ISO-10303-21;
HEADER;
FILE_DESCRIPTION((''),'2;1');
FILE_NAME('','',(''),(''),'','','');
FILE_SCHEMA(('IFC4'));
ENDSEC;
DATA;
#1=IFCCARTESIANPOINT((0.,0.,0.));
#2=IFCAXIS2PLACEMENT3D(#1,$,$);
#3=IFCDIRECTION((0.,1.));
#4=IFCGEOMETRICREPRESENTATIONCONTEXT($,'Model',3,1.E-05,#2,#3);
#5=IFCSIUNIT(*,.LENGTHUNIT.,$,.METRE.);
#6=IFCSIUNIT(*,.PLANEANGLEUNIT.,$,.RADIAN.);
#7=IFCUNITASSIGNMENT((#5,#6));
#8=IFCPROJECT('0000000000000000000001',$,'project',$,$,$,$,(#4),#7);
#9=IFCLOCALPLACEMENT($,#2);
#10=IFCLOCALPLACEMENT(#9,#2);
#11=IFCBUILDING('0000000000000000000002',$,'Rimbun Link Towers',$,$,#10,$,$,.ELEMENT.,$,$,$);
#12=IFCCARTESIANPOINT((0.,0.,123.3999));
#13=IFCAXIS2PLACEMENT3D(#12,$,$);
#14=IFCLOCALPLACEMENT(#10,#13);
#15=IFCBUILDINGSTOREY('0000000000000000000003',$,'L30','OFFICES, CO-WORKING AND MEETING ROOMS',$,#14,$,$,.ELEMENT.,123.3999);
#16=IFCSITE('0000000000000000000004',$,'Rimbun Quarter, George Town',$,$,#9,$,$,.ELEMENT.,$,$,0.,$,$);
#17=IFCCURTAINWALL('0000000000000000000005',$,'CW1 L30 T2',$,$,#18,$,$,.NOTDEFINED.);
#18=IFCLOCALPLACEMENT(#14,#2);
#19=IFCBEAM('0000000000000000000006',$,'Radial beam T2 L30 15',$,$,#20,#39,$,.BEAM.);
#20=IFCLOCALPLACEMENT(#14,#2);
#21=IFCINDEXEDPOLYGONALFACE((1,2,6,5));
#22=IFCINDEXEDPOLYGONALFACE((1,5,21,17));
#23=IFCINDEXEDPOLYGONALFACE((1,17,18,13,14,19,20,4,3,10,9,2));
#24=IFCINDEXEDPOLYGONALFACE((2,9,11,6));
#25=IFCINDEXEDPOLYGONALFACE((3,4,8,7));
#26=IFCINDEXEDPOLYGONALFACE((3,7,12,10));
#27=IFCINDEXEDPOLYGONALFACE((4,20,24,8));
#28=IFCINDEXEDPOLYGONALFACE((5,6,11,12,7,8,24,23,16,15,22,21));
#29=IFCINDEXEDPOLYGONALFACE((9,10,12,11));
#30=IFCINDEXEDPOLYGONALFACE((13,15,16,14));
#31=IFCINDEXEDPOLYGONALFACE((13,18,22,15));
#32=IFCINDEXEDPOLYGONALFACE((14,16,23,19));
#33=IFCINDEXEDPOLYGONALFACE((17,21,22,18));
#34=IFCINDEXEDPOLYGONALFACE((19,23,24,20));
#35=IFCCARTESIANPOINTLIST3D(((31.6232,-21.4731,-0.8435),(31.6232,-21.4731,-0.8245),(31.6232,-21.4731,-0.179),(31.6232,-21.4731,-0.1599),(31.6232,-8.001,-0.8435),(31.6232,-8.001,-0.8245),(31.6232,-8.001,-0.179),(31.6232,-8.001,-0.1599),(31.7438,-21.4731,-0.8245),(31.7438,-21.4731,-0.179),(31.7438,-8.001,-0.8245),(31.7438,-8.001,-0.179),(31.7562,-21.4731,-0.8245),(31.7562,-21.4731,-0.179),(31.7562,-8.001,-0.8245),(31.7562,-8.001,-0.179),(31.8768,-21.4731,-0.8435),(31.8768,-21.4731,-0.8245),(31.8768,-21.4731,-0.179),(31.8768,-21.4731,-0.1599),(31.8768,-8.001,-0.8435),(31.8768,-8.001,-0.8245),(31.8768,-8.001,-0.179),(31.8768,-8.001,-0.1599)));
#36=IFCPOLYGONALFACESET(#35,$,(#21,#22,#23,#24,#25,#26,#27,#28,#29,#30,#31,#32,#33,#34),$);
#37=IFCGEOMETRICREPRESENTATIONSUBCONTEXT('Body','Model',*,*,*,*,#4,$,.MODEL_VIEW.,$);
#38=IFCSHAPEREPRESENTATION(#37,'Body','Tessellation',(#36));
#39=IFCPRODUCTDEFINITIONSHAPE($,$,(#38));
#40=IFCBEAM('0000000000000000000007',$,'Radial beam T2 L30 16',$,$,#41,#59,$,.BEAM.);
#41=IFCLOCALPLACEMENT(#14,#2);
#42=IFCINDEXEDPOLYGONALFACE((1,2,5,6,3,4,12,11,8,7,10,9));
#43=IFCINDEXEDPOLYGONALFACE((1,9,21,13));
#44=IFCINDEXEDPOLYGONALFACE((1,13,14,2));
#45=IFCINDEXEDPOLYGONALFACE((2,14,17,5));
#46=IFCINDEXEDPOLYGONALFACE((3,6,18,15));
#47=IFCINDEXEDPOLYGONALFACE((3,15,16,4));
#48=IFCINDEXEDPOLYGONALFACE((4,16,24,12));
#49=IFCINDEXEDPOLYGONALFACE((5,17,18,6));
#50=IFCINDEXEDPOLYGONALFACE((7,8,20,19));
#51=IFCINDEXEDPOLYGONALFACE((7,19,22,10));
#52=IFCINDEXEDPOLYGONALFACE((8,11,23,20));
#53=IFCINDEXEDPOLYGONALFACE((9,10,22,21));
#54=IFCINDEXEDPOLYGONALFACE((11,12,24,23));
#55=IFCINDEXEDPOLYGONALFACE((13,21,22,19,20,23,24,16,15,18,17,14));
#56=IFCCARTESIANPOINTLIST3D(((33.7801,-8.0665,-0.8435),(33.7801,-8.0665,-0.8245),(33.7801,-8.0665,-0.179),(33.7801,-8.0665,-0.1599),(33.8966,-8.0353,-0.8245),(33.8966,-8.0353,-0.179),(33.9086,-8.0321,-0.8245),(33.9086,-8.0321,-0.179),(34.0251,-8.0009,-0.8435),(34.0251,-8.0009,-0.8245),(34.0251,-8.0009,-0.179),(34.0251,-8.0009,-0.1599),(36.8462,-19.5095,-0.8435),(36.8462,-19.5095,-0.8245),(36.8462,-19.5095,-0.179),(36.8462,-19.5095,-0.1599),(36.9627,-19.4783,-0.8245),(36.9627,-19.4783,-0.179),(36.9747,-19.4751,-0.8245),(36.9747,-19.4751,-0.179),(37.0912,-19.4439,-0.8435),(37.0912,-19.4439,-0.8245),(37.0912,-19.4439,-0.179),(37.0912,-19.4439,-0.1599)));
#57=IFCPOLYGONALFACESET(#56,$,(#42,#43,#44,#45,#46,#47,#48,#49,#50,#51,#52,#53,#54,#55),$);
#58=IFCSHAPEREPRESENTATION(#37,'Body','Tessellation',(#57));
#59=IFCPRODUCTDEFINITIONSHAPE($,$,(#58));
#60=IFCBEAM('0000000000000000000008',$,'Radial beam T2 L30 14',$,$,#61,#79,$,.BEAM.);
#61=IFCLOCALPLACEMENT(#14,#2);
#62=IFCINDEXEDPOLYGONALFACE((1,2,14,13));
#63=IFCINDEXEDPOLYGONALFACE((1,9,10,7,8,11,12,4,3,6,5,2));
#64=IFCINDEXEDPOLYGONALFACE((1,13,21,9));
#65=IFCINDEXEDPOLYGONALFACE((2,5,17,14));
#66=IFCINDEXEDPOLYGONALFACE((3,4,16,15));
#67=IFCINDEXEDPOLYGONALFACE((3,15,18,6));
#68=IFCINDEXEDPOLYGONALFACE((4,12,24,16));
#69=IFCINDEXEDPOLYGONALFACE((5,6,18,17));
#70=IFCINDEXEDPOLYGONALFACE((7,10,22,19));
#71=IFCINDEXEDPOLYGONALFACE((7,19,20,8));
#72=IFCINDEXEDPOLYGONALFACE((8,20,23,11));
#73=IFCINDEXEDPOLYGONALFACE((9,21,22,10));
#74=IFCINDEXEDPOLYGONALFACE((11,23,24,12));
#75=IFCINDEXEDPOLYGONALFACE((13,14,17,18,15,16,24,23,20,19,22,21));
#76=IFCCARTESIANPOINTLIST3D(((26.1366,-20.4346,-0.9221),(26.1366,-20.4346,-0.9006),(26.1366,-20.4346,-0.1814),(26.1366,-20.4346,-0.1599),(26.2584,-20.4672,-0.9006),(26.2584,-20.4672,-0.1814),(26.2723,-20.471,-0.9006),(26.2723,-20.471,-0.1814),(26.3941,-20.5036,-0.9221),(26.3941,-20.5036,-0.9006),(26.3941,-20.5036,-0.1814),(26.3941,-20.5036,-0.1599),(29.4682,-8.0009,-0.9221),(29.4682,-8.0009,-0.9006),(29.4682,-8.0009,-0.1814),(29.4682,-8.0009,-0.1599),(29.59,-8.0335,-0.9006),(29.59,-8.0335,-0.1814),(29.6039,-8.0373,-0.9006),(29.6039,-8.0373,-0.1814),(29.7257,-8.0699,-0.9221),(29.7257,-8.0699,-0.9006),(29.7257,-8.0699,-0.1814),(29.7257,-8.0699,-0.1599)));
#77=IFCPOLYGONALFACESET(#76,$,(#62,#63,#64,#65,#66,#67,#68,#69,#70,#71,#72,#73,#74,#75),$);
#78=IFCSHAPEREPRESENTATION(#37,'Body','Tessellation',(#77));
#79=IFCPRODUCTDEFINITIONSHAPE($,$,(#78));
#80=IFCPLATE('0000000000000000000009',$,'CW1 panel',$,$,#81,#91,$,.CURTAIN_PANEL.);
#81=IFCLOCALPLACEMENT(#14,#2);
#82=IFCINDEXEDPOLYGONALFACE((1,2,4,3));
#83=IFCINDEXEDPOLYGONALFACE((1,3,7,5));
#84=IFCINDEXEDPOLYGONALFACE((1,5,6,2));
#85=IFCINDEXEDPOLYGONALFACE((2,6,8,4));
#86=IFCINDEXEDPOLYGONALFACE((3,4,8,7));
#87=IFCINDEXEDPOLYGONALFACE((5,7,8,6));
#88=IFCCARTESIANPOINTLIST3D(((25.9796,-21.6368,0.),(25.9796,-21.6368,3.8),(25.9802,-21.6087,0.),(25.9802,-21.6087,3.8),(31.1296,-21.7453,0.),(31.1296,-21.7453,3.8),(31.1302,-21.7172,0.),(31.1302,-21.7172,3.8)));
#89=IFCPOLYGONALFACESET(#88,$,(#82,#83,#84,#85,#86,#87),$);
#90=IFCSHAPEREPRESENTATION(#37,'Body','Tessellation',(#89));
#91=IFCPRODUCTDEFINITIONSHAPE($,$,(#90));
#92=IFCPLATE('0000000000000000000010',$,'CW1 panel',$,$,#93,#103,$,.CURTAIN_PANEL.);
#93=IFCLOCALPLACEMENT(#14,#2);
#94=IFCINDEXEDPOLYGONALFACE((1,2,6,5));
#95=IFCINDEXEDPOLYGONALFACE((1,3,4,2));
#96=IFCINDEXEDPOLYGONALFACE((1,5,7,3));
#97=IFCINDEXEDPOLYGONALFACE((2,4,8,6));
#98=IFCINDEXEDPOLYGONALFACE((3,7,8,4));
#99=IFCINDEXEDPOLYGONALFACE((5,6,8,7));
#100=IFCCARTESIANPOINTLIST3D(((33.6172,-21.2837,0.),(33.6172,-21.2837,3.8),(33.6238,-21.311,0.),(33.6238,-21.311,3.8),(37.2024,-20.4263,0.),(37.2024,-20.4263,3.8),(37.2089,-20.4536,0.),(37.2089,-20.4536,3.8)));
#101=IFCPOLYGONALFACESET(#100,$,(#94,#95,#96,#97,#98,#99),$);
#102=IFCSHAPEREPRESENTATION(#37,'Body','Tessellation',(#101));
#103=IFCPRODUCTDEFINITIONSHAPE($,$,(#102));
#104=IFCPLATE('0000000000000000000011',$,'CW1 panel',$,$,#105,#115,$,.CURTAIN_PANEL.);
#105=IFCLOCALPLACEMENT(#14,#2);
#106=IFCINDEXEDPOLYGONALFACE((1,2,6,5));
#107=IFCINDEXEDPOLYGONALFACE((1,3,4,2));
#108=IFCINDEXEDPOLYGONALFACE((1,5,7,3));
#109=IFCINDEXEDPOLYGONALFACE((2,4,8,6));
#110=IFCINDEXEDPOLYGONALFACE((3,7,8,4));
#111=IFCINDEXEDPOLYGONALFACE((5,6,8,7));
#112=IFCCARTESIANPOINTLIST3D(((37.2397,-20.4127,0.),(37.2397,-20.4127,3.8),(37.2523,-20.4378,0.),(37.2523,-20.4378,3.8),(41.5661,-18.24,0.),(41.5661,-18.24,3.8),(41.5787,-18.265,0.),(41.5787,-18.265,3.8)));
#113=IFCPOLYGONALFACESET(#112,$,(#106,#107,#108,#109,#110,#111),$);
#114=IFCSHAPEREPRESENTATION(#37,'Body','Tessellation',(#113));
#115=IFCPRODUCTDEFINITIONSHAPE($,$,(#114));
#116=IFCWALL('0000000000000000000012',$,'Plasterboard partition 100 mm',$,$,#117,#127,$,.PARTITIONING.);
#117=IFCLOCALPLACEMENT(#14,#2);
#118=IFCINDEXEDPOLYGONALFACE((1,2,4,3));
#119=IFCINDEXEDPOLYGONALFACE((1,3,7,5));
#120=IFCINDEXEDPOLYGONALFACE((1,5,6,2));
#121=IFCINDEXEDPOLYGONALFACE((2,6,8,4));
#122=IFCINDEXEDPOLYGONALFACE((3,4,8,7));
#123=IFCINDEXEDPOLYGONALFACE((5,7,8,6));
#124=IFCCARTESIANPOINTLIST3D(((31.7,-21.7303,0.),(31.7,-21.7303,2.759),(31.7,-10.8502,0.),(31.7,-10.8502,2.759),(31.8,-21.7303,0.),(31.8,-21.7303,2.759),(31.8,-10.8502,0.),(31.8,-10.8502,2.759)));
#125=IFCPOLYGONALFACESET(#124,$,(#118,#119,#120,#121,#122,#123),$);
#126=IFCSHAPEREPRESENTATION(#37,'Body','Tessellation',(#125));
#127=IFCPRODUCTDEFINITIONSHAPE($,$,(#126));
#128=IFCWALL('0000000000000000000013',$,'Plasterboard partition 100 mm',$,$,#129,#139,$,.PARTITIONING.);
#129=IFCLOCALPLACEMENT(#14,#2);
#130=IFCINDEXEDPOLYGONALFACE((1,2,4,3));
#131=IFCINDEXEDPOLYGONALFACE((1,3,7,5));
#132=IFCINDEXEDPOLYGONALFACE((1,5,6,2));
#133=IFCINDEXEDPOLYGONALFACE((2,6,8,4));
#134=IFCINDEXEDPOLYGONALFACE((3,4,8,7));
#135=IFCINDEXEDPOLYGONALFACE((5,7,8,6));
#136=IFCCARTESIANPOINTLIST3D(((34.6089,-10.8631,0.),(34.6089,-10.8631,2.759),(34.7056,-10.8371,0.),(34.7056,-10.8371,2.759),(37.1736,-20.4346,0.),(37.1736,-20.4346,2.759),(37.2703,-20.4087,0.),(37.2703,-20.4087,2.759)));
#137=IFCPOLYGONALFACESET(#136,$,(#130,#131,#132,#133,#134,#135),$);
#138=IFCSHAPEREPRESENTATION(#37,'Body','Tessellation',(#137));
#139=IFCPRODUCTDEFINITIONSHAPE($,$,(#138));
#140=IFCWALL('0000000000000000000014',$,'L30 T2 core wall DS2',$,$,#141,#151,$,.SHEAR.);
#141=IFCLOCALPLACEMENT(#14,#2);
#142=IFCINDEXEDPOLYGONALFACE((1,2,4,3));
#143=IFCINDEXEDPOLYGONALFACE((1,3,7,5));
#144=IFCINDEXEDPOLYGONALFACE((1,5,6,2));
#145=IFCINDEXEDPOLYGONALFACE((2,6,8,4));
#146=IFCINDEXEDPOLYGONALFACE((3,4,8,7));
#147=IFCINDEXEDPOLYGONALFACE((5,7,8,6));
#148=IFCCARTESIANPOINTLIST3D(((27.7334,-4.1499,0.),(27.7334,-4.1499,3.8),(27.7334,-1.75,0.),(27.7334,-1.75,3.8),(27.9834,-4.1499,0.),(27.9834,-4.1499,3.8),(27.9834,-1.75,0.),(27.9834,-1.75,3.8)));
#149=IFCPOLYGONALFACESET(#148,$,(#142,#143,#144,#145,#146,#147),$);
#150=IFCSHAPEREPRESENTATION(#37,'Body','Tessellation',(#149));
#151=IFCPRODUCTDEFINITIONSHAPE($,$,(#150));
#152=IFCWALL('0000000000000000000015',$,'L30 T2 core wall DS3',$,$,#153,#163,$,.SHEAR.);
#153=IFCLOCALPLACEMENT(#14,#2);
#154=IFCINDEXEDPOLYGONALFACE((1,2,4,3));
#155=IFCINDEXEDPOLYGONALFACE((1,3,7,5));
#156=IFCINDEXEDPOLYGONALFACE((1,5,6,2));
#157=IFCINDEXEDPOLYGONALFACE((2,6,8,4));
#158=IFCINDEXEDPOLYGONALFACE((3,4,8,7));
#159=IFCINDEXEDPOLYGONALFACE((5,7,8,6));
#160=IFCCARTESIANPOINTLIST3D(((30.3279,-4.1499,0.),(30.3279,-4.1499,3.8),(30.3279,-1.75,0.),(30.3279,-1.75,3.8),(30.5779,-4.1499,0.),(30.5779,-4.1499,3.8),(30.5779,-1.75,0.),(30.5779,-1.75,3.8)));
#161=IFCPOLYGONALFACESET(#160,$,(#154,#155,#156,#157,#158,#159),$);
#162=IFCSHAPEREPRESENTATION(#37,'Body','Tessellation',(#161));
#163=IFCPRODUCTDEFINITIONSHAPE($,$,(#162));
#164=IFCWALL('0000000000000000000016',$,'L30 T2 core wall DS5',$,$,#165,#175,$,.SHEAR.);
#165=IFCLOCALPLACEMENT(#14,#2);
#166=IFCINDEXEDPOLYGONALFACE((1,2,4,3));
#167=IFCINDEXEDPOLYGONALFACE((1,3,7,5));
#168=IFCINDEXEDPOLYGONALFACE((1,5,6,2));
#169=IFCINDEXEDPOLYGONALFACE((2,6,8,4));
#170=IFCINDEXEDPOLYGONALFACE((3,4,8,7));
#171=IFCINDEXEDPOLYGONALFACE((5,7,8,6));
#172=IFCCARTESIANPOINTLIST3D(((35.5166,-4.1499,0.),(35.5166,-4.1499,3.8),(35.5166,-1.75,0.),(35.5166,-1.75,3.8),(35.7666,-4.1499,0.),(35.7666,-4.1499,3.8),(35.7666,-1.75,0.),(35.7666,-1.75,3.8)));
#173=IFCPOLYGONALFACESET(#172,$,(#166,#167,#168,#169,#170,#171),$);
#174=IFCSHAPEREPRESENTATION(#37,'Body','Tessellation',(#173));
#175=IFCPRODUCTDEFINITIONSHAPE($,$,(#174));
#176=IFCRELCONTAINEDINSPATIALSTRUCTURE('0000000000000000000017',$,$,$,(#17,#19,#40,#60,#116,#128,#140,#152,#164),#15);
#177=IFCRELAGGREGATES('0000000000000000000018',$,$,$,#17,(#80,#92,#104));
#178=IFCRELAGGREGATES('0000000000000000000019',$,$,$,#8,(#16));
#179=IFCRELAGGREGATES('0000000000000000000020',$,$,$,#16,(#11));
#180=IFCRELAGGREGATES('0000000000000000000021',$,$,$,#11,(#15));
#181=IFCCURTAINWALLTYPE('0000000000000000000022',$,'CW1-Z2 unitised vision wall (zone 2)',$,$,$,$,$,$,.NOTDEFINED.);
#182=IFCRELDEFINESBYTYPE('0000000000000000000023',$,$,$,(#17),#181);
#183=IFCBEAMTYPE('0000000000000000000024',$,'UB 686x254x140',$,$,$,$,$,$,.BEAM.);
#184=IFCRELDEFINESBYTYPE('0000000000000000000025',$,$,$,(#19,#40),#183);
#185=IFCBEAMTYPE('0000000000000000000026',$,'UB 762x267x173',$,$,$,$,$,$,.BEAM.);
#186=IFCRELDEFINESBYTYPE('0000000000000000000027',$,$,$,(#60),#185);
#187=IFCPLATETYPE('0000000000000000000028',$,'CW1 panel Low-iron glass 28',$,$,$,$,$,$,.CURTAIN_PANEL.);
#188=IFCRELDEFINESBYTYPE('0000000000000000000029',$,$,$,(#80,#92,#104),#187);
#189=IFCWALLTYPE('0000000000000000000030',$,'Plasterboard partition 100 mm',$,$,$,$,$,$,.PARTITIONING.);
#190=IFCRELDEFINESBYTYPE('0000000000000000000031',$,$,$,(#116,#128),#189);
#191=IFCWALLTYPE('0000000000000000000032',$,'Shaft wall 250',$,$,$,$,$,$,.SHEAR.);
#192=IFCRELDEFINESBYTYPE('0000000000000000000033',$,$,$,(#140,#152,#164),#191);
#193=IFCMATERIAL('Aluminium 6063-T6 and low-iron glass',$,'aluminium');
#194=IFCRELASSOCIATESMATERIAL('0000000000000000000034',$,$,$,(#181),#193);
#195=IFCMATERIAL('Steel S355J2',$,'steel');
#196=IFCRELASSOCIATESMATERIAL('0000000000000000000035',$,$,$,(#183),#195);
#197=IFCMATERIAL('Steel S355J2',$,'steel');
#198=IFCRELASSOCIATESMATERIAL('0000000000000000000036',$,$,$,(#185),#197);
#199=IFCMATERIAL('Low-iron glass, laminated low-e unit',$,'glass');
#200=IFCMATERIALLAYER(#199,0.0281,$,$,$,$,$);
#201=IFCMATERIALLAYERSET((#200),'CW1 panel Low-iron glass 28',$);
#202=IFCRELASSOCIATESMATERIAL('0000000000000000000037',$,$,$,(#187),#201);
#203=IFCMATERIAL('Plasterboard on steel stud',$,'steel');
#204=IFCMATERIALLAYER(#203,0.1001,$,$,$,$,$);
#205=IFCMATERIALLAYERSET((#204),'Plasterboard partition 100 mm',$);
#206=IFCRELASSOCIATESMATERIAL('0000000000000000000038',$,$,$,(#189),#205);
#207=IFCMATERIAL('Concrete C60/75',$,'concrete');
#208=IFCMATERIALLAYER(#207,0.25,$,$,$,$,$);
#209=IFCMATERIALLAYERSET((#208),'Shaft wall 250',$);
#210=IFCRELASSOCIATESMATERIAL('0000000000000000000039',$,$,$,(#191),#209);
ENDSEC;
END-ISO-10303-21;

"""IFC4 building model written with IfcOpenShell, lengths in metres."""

from ifc_helpers import new_model, si_unit, direction, frame, frame_2d, origin, origin_2d, place, context, subcontext, project, spatial, rectangle, i_section, extrude, material, layer, layer_set, material_profile, profile_set, type_object, element, aggregate, save


model = new_model("IFC4")

# Units and contexts
model_context = context("Model", 3, precision=1e-05, world=origin(), true_north=direction((0.0, 1.0)))
body_context = subcontext(model_context, "Body", "Model", "MODEL_VIEW")
ifc_project = project(units=[si_unit("LENGTHUNIT", "METRE"), si_unit("PLANEANGLEUNIT", "RADIAN")], contexts=[model_context])

# Site, building, storey
site_placement = place(None, origin())
site = spatial("IfcSite", under=ifc_project, at=site_placement, Name="Rimbun Quarter, George Town", CompositionType="ELEMENT", RefElevation=0.0)
building_placement = place(site_placement, origin())
building = spatial("IfcBuilding", under=site, at=building_placement, Name="Rimbun Link Towers", CompositionType="ELEMENT")
storey_placement = place(building_placement, frame((0.0, 0.0, 123.3999)))
storey = spatial("IfcBuildingStorey", under=building, at=storey_placement, Name="L30", Description="OFFICES, CO-WORKING AND MEETING ROOMS", CompositionType="ELEMENT", Elevation=123.3999)

# Curtain wall
ifc_material_1 = material(Name="Aluminium 6063-T6 and low-iron glass", Category="aluminium")
curtain_wall_type = type_object("IfcCurtainWallType", Name="CW1-Z2 unitised vision wall (zone 2)", PredefinedType="NOTDEFINED", material=ifc_material_1)
curtain_wall_placement = place(storey_placement, origin())
curtain_wall = element("IfcCurtainWall", 1, at=curtain_wall_placement, inside=storey, type_object=curtain_wall_type, Name="CW1 L30 T2", PredefinedType="NOTDEFINED")

# Beams
ifc_material_2 = material(Name="Steel S355J2", Category="steel")
ifc_material_profile_1 = material_profile(ifc_material_2, i_section(OverallWidth=0.2537, OverallDepth=0.6836, WebThickness=0.0125, FlangeThickness=0.019, at=origin_2d()), Name="UB 686x254x140")
ifc_profile_set_1 = profile_set([ifc_material_profile_1], Name="Steel S355J2")
beam_type_1 = type_object("IfcBeamType", Name="UB 686x254x140", PredefinedType="BEAM", material=ifc_profile_set_1)
beam_1_placement = place(storey_placement, frame((31.75, -8.001, -0.5017), z_axis=(0.0, -1.0, 0.0), x_axis=(1.0, 0.0, 0.0)))
element("IfcBeam", 2, at=beam_1_placement, inside=storey, type_object=beam_type_1, Name="Radial beam T2 L30 15", PredefinedType="BEAM", context=body_context, shape_type="SweptSolid", body=[
    extrude(i_section(OverallWidth=0.2537, OverallDepth=0.6836, WebThickness=0.0125, FlangeThickness=0.019, at=origin_2d()), origin(), (0.0, 0.0, 1.0), 13.4722),
])
beam_2_placement = place(storey_placement, frame((33.9026, -8.0337, -0.5017), z_axis=(0.258818, -0.965926, 0.0), x_axis=(0.965926, 0.258818, 0.0)))
element("IfcBeam", 3, at=beam_2_placement, inside=storey, type_object=beam_type_1, Name="Radial beam T2 L30 16", PredefinedType="BEAM", context=body_context, shape_type="SweptSolid", body=[
    extrude(i_section(OverallWidth=0.2537, OverallDepth=0.6836, WebThickness=0.0125, FlangeThickness=0.019, at=origin_2d()), origin(), (0.0, 0.0, 1.0), 11.8467),
])
ifc_material_3 = material(Name="Steel S355J2", Category="steel")
ifc_material_profile_2 = material_profile(ifc_material_3, i_section(OverallWidth=0.2666, OverallDepth=0.7622, WebThickness=0.0144, FlangeThickness=0.0215, at=origin_2d()), Name="UB 762x267x173")
ifc_profile_set_2 = profile_set([ifc_material_profile_2], Name="Steel S355J2")
beam_type_2 = type_object("IfcBeamType", Name="UB 762x267x173", PredefinedType="BEAM", material=ifc_profile_set_2)
beam_3_placement = place(storey_placement, frame((29.5969, -8.0354, -0.541), z_axis=(-0.258817, -0.965926, 0.0), x_axis=(0.965926, -0.258817, 0.0)))
element("IfcBeam", 4, at=beam_3_placement, inside=storey, type_object=beam_type_2, Name="Radial beam T2 L30 14", PredefinedType="BEAM", context=body_context, shape_type="SweptSolid", body=[
    extrude(i_section(OverallWidth=0.2666, OverallDepth=0.7622, WebThickness=0.0144, FlangeThickness=0.0215, at=origin_2d()), origin(), (0.0, 0.0, 1.0), 12.8723),
])

# Plates
ifc_material_4 = material(Name="Low-iron glass, laminated low-e unit", Category="glass")
ifc_layer_1 = layer(ifc_material_4, 0.0281)
ifc_layer_set_1 = layer_set([ifc_layer_1], Name="CW1 panel Low-iron glass 28")
plate_type = type_object("IfcPlateType", Name="CW1 panel Low-iron glass 28", PredefinedType="CURTAIN_PANEL", material=ifc_layer_set_1)
plate_1_placement = place(storey_placement, frame((28.5549, -21.677, 0.0), z_axis=(0.0, 0.0, 1.0), x_axis=(-0.999778, 0.021066, 0.0)))
plate_1 = element("IfcPlate", 5, at=plate_1_placement, type_object=plate_type, Name="CW1 panel", PredefinedType="CURTAIN_PANEL", context=body_context, shape_type="SweptSolid", body=[
    extrude(rectangle(XDim=5.1511, YDim=0.0281, at=origin_2d()), origin(), (0.0, 0.0, 1.0), 3.8),
])
plate_2_placement = place(storey_placement, frame((35.4131, -20.8687, 0.0), z_axis=(0.0, 0.0, 1.0), x_axis=(-0.972572, -0.232603, 0.0)))
plate_2 = element("IfcPlate", 6, at=plate_2_placement, type_object=plate_type, Name="CW1 panel", PredefinedType="CURTAIN_PANEL", context=body_context, shape_type="SweptSolid", body=[
    extrude(rectangle(XDim=3.6863, YDim=0.0281, at=origin_2d()), origin(), (0.0, 0.0, 1.0), 3.8),
])
plate_3_placement = place(storey_placement, frame((39.4092, -19.3389, 0.0), z_axis=(0.0, 0.0, 1.0), x_axis=(-0.893638, -0.448789, 0.0)))
plate_3 = element("IfcPlate", 7, at=plate_3_placement, type_object=plate_type, Name="CW1 panel", PredefinedType="CURTAIN_PANEL", context=body_context, shape_type="SweptSolid", body=[
    extrude(rectangle(XDim=4.8413, YDim=0.0281, at=origin_2d()), origin(), (0.0, 0.0, 1.0), 3.8),
])
aggregate(curtain_wall, [plate_1, plate_2, plate_3])

# Walls
ifc_material_5 = material(Name="Plasterboard on steel stud", Category="steel")
ifc_layer_2 = layer(ifc_material_5, 0.1001)
ifc_layer_set_2 = layer_set([ifc_layer_2], Name="Plasterboard partition 100 mm")
wall_type_1 = type_object("IfcWallType", Name="Plasterboard partition 100 mm", PredefinedType="PARTITIONING", material=ifc_layer_set_2)
wall_1_placement = place(storey_placement, frame((31.75, -21.7302, 0.0), z_axis=(0.0, 0.0, 1.0), x_axis=(0.0, 1.0, 0.0)))
element("IfcWall", 8, at=wall_1_placement, inside=storey, type_object=wall_type_1, Name="Plasterboard partition 100 mm", PredefinedType="PARTITIONING", context=body_context, shape_type="SweptSolid", body=[
    extrude(rectangle(XDim=10.8801, YDim=0.1001, at=frame_2d((5.4399, 0.0))), origin(), (0.0, 0.0, 1.0), 2.759),
])
wall_2_placement = place(storey_placement, frame((37.2219, -20.4216, 0.0), z_axis=(0.0, 0.0, 1.0), x_axis=(-0.25882, 0.965926, 0.0)))
element("IfcWall", 9, at=wall_2_placement, inside=storey, type_object=wall_type_1, Name="Plasterboard partition 100 mm", PredefinedType="PARTITIONING", context=body_context, shape_type="SweptSolid", body=[
    extrude(rectangle(XDim=9.9092, YDim=0.1001, at=frame_2d((4.9546, 0.0))), origin(), (0.0, 0.0, 1.0), 2.759),
])
ifc_material_6 = material(Name="Concrete C60/75", Category="concrete")
ifc_layer_3 = layer(ifc_material_6, 0.25)
ifc_layer_set_3 = layer_set([ifc_layer_3], Name="Shaft wall 250")
wall_type_2 = type_object("IfcWallType", Name="Shaft wall 250", PredefinedType="SHEAR", material=ifc_layer_set_3)
for number, where, z_axis, x_axis, name in (
    (10, (27.8584, -4.1499, 0.0), (0.0, 0.0, 1.0), (0.0, 1.0, 0.0), "L30 T2 core wall DS2"),
    (11, (30.4529, -4.1499, 0.0), (0.0, 0.0, 1.0), (0.0, 1.0, 0.0), "L30 T2 core wall DS3"),
    (12, (35.6416, -4.1499, 0.0), (0.0, 0.0, 1.0), (0.0, 1.0, 0.0), "L30 T2 core wall DS5"),
):
    element("IfcWall", number, at=place(storey_placement, frame(where, z_axis=z_axis, x_axis=x_axis)), inside=storey, type_object=wall_type_2, Name=name, PredefinedType="SHEAR", context=body_context, shape_type="SweptSolid", body=[
        extrude(rectangle(XDim=2.3999, YDim=0.25, at=frame_2d((1.2, 0.0))), origin(), (0.0, 0.0, 1.0), 3.8),
    ])

save(model, "model.ifc")
